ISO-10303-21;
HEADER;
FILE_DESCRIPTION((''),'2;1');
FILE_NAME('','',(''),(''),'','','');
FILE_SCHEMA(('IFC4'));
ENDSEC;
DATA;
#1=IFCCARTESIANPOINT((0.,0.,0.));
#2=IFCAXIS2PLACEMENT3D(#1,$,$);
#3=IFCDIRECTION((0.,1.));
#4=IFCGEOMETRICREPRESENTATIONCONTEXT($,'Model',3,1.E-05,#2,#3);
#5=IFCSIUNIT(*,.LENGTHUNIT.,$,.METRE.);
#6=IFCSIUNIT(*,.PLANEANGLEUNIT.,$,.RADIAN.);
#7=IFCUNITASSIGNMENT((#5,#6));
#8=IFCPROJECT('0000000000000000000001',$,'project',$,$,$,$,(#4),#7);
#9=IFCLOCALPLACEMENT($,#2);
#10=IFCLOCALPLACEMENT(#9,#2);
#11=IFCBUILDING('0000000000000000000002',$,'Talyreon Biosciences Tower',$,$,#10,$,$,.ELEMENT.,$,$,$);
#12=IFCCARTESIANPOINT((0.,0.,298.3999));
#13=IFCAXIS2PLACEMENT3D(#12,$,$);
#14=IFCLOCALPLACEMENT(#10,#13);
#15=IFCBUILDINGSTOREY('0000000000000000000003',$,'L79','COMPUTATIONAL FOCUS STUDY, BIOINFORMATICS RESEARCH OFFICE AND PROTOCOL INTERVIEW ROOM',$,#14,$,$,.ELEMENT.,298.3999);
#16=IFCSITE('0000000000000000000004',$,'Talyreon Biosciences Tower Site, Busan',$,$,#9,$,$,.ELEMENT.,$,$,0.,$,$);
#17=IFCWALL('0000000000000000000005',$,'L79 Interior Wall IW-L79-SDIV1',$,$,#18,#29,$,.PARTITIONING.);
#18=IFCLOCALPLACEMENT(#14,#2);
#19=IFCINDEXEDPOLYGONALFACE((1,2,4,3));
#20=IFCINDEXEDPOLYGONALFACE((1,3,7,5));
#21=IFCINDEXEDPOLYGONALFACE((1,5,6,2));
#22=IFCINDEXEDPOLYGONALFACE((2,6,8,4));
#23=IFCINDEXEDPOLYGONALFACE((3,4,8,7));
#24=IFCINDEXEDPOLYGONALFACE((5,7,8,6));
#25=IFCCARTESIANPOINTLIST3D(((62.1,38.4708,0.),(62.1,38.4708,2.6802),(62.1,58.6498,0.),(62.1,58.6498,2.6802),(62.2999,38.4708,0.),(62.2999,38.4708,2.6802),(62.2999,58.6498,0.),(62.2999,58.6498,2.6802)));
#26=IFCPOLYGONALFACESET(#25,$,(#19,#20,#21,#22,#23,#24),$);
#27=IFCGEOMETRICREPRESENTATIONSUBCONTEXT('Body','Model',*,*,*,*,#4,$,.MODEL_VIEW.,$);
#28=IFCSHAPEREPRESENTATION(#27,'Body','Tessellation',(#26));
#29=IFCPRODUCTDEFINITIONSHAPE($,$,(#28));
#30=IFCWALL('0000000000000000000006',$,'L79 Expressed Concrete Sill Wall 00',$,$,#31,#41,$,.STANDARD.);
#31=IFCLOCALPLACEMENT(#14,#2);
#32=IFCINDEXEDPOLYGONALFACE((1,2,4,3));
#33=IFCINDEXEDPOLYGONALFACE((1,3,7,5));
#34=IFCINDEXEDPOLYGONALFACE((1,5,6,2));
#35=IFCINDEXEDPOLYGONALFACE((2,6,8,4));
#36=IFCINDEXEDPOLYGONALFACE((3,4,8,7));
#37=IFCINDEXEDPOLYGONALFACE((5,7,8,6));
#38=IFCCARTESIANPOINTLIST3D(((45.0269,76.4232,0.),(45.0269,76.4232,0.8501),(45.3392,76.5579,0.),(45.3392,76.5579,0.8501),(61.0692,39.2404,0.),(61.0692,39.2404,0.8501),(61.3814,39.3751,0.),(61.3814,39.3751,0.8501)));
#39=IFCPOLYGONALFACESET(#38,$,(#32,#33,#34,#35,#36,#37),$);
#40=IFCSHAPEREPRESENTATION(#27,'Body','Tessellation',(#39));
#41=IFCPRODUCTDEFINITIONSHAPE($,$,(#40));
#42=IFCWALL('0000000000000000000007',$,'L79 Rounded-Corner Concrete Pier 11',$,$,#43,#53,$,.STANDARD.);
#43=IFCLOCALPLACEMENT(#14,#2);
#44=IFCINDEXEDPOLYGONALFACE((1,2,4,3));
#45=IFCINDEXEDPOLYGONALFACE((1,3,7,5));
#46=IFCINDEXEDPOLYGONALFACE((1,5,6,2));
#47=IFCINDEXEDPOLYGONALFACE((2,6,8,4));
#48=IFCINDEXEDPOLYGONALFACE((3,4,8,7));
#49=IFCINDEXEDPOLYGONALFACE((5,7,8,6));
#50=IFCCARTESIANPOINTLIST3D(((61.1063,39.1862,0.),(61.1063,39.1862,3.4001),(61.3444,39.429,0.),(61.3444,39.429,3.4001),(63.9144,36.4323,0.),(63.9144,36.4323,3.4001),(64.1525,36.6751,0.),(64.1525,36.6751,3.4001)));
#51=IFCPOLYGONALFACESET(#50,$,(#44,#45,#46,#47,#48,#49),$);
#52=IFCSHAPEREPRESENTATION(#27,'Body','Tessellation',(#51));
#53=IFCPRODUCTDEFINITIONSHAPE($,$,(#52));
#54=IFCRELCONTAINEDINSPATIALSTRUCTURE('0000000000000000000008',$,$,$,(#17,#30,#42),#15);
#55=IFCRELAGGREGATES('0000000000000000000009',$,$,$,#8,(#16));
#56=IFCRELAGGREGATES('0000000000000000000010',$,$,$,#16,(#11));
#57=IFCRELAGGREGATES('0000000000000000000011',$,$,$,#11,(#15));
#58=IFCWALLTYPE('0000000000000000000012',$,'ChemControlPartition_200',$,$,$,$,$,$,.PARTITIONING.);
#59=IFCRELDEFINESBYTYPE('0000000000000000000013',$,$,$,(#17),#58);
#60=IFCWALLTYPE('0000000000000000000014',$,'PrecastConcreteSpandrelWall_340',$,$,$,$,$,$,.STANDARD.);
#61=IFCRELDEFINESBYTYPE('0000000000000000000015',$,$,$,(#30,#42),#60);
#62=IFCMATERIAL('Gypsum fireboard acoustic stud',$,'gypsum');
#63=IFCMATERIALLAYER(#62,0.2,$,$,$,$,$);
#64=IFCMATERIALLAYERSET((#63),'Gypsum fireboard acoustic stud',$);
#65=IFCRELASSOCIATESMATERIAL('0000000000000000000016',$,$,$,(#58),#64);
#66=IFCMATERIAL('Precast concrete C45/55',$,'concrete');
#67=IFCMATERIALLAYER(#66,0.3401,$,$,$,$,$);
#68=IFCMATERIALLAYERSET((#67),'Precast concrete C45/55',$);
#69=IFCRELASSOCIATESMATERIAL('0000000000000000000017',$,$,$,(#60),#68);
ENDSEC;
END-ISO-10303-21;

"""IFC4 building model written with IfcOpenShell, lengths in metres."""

from ifc_helpers import new_model, si_unit, direction, frame, frame_2d, origin, place, context, subcontext, project, spatial, rectangle, extrude, material, layer, layer_set, type_object, element, save


model = new_model("IFC4")

# Units and contexts
model_context = context("Model", 3, precision=1e-05, world=origin(), true_north=direction((0.0, 1.0)))
body_context = subcontext(model_context, "Body", "Model", "MODEL_VIEW")
ifc_project = project(units=[si_unit("LENGTHUNIT", "METRE"), si_unit("PLANEANGLEUNIT", "RADIAN")], contexts=[model_context])

# Site, building, storey
site_placement = place(None, origin())
site = spatial("IfcSite", under=ifc_project, at=site_placement, Name="Talyreon Biosciences Tower Site, Busan", CompositionType="ELEMENT", RefElevation=0.0)
building_placement = place(site_placement, origin())
building = spatial("IfcBuilding", under=site, at=building_placement, Name="Talyreon Biosciences Tower", CompositionType="ELEMENT")
storey_placement = place(building_placement, frame((0.0, 0.0, 298.3999)))
storey = spatial("IfcBuildingStorey", under=building, at=storey_placement, Name="L79", Description="COMPUTATIONAL FOCUS STUDY, BIOINFORMATICS RESEARCH OFFICE AND PROTOCOL INTERVIEW ROOM", CompositionType="ELEMENT", Elevation=298.3999)

# Shared definitions
ifc_material_1 = material(Name="Precast concrete C45/55", Category="concrete")

# Walls
ifc_material_2 = material(Name="Gypsum fireboard acoustic stud", Category="gypsum")
ifc_layer_1 = layer(ifc_material_2, 0.2)
ifc_layer_set_1 = layer_set([ifc_layer_1], Name="Gypsum fireboard acoustic stud")
wall_type_1 = type_object("IfcWallType", Name="ChemControlPartition_200", PredefinedType="PARTITIONING", material=ifc_layer_set_1)
wall_1_placement = place(storey_placement, frame((62.2, 38.4709, 0.0), z_axis=(0.0, 0.0, 1.0), x_axis=(0.0, 1.0, 0.0)))
element("IfcWall", 1, at=wall_1_placement, inside=storey, type_object=wall_type_1, Name="L79 Interior Wall IW-L79-SDIV1", PredefinedType="PARTITIONING", context=body_context, shape_type="SweptSolid", body=[
    extrude(rectangle(XDim=20.179, YDim=0.2, at=frame_2d((10.0894, 0.0))), origin(), (0.0, 0.0, 1.0), 2.6802),
])
ifc_layer_2 = layer(ifc_material_1, 0.3401)
ifc_layer_set_2 = layer_set([ifc_layer_2], Name="Precast concrete C45/55")
wall_type_2 = type_object("IfcWallType", Name="PrecastConcreteSpandrelWall_340", PredefinedType="STANDARD", material=ifc_layer_set_2)
wall_2_placement = place(storey_placement, frame((61.2253, 39.3076, 0.0), z_axis=(0.0, 0.0, 1.0), x_axis=(-0.396145, 0.918188, 0.0)))
element("IfcWall", 2, at=wall_2_placement, inside=storey, type_object=wall_type_2, Name="L79 Expressed Concrete Sill Wall 00", PredefinedType="STANDARD", context=body_context, shape_type="SweptSolid", body=[
    extrude(rectangle(XDim=40.4958, YDim=0.3401, at=frame_2d((20.248, 0.0))), origin(), (0.0, 0.0, 1.0), 0.8501),
])
wall_3_placement = place(storey_placement, frame((64.0334, 36.5537, 0.0), z_axis=(0.0, 0.0, 1.0), x_axis=(-0.713963, 0.700183, 0.0)))
element("IfcWall", 3, at=wall_3_placement, inside=storey, type_object=wall_type_2, Name="L79 Rounded-Corner Concrete Pier 11", PredefinedType="STANDARD", context=body_context, shape_type="SweptSolid", body=[
    extrude(rectangle(XDim=3.9331, YDim=0.3401, at=frame_2d((1.9666, 0.0))), origin(), (0.0, 0.0, 1.0), 3.4001),
])

save(model, "model.ifc")
